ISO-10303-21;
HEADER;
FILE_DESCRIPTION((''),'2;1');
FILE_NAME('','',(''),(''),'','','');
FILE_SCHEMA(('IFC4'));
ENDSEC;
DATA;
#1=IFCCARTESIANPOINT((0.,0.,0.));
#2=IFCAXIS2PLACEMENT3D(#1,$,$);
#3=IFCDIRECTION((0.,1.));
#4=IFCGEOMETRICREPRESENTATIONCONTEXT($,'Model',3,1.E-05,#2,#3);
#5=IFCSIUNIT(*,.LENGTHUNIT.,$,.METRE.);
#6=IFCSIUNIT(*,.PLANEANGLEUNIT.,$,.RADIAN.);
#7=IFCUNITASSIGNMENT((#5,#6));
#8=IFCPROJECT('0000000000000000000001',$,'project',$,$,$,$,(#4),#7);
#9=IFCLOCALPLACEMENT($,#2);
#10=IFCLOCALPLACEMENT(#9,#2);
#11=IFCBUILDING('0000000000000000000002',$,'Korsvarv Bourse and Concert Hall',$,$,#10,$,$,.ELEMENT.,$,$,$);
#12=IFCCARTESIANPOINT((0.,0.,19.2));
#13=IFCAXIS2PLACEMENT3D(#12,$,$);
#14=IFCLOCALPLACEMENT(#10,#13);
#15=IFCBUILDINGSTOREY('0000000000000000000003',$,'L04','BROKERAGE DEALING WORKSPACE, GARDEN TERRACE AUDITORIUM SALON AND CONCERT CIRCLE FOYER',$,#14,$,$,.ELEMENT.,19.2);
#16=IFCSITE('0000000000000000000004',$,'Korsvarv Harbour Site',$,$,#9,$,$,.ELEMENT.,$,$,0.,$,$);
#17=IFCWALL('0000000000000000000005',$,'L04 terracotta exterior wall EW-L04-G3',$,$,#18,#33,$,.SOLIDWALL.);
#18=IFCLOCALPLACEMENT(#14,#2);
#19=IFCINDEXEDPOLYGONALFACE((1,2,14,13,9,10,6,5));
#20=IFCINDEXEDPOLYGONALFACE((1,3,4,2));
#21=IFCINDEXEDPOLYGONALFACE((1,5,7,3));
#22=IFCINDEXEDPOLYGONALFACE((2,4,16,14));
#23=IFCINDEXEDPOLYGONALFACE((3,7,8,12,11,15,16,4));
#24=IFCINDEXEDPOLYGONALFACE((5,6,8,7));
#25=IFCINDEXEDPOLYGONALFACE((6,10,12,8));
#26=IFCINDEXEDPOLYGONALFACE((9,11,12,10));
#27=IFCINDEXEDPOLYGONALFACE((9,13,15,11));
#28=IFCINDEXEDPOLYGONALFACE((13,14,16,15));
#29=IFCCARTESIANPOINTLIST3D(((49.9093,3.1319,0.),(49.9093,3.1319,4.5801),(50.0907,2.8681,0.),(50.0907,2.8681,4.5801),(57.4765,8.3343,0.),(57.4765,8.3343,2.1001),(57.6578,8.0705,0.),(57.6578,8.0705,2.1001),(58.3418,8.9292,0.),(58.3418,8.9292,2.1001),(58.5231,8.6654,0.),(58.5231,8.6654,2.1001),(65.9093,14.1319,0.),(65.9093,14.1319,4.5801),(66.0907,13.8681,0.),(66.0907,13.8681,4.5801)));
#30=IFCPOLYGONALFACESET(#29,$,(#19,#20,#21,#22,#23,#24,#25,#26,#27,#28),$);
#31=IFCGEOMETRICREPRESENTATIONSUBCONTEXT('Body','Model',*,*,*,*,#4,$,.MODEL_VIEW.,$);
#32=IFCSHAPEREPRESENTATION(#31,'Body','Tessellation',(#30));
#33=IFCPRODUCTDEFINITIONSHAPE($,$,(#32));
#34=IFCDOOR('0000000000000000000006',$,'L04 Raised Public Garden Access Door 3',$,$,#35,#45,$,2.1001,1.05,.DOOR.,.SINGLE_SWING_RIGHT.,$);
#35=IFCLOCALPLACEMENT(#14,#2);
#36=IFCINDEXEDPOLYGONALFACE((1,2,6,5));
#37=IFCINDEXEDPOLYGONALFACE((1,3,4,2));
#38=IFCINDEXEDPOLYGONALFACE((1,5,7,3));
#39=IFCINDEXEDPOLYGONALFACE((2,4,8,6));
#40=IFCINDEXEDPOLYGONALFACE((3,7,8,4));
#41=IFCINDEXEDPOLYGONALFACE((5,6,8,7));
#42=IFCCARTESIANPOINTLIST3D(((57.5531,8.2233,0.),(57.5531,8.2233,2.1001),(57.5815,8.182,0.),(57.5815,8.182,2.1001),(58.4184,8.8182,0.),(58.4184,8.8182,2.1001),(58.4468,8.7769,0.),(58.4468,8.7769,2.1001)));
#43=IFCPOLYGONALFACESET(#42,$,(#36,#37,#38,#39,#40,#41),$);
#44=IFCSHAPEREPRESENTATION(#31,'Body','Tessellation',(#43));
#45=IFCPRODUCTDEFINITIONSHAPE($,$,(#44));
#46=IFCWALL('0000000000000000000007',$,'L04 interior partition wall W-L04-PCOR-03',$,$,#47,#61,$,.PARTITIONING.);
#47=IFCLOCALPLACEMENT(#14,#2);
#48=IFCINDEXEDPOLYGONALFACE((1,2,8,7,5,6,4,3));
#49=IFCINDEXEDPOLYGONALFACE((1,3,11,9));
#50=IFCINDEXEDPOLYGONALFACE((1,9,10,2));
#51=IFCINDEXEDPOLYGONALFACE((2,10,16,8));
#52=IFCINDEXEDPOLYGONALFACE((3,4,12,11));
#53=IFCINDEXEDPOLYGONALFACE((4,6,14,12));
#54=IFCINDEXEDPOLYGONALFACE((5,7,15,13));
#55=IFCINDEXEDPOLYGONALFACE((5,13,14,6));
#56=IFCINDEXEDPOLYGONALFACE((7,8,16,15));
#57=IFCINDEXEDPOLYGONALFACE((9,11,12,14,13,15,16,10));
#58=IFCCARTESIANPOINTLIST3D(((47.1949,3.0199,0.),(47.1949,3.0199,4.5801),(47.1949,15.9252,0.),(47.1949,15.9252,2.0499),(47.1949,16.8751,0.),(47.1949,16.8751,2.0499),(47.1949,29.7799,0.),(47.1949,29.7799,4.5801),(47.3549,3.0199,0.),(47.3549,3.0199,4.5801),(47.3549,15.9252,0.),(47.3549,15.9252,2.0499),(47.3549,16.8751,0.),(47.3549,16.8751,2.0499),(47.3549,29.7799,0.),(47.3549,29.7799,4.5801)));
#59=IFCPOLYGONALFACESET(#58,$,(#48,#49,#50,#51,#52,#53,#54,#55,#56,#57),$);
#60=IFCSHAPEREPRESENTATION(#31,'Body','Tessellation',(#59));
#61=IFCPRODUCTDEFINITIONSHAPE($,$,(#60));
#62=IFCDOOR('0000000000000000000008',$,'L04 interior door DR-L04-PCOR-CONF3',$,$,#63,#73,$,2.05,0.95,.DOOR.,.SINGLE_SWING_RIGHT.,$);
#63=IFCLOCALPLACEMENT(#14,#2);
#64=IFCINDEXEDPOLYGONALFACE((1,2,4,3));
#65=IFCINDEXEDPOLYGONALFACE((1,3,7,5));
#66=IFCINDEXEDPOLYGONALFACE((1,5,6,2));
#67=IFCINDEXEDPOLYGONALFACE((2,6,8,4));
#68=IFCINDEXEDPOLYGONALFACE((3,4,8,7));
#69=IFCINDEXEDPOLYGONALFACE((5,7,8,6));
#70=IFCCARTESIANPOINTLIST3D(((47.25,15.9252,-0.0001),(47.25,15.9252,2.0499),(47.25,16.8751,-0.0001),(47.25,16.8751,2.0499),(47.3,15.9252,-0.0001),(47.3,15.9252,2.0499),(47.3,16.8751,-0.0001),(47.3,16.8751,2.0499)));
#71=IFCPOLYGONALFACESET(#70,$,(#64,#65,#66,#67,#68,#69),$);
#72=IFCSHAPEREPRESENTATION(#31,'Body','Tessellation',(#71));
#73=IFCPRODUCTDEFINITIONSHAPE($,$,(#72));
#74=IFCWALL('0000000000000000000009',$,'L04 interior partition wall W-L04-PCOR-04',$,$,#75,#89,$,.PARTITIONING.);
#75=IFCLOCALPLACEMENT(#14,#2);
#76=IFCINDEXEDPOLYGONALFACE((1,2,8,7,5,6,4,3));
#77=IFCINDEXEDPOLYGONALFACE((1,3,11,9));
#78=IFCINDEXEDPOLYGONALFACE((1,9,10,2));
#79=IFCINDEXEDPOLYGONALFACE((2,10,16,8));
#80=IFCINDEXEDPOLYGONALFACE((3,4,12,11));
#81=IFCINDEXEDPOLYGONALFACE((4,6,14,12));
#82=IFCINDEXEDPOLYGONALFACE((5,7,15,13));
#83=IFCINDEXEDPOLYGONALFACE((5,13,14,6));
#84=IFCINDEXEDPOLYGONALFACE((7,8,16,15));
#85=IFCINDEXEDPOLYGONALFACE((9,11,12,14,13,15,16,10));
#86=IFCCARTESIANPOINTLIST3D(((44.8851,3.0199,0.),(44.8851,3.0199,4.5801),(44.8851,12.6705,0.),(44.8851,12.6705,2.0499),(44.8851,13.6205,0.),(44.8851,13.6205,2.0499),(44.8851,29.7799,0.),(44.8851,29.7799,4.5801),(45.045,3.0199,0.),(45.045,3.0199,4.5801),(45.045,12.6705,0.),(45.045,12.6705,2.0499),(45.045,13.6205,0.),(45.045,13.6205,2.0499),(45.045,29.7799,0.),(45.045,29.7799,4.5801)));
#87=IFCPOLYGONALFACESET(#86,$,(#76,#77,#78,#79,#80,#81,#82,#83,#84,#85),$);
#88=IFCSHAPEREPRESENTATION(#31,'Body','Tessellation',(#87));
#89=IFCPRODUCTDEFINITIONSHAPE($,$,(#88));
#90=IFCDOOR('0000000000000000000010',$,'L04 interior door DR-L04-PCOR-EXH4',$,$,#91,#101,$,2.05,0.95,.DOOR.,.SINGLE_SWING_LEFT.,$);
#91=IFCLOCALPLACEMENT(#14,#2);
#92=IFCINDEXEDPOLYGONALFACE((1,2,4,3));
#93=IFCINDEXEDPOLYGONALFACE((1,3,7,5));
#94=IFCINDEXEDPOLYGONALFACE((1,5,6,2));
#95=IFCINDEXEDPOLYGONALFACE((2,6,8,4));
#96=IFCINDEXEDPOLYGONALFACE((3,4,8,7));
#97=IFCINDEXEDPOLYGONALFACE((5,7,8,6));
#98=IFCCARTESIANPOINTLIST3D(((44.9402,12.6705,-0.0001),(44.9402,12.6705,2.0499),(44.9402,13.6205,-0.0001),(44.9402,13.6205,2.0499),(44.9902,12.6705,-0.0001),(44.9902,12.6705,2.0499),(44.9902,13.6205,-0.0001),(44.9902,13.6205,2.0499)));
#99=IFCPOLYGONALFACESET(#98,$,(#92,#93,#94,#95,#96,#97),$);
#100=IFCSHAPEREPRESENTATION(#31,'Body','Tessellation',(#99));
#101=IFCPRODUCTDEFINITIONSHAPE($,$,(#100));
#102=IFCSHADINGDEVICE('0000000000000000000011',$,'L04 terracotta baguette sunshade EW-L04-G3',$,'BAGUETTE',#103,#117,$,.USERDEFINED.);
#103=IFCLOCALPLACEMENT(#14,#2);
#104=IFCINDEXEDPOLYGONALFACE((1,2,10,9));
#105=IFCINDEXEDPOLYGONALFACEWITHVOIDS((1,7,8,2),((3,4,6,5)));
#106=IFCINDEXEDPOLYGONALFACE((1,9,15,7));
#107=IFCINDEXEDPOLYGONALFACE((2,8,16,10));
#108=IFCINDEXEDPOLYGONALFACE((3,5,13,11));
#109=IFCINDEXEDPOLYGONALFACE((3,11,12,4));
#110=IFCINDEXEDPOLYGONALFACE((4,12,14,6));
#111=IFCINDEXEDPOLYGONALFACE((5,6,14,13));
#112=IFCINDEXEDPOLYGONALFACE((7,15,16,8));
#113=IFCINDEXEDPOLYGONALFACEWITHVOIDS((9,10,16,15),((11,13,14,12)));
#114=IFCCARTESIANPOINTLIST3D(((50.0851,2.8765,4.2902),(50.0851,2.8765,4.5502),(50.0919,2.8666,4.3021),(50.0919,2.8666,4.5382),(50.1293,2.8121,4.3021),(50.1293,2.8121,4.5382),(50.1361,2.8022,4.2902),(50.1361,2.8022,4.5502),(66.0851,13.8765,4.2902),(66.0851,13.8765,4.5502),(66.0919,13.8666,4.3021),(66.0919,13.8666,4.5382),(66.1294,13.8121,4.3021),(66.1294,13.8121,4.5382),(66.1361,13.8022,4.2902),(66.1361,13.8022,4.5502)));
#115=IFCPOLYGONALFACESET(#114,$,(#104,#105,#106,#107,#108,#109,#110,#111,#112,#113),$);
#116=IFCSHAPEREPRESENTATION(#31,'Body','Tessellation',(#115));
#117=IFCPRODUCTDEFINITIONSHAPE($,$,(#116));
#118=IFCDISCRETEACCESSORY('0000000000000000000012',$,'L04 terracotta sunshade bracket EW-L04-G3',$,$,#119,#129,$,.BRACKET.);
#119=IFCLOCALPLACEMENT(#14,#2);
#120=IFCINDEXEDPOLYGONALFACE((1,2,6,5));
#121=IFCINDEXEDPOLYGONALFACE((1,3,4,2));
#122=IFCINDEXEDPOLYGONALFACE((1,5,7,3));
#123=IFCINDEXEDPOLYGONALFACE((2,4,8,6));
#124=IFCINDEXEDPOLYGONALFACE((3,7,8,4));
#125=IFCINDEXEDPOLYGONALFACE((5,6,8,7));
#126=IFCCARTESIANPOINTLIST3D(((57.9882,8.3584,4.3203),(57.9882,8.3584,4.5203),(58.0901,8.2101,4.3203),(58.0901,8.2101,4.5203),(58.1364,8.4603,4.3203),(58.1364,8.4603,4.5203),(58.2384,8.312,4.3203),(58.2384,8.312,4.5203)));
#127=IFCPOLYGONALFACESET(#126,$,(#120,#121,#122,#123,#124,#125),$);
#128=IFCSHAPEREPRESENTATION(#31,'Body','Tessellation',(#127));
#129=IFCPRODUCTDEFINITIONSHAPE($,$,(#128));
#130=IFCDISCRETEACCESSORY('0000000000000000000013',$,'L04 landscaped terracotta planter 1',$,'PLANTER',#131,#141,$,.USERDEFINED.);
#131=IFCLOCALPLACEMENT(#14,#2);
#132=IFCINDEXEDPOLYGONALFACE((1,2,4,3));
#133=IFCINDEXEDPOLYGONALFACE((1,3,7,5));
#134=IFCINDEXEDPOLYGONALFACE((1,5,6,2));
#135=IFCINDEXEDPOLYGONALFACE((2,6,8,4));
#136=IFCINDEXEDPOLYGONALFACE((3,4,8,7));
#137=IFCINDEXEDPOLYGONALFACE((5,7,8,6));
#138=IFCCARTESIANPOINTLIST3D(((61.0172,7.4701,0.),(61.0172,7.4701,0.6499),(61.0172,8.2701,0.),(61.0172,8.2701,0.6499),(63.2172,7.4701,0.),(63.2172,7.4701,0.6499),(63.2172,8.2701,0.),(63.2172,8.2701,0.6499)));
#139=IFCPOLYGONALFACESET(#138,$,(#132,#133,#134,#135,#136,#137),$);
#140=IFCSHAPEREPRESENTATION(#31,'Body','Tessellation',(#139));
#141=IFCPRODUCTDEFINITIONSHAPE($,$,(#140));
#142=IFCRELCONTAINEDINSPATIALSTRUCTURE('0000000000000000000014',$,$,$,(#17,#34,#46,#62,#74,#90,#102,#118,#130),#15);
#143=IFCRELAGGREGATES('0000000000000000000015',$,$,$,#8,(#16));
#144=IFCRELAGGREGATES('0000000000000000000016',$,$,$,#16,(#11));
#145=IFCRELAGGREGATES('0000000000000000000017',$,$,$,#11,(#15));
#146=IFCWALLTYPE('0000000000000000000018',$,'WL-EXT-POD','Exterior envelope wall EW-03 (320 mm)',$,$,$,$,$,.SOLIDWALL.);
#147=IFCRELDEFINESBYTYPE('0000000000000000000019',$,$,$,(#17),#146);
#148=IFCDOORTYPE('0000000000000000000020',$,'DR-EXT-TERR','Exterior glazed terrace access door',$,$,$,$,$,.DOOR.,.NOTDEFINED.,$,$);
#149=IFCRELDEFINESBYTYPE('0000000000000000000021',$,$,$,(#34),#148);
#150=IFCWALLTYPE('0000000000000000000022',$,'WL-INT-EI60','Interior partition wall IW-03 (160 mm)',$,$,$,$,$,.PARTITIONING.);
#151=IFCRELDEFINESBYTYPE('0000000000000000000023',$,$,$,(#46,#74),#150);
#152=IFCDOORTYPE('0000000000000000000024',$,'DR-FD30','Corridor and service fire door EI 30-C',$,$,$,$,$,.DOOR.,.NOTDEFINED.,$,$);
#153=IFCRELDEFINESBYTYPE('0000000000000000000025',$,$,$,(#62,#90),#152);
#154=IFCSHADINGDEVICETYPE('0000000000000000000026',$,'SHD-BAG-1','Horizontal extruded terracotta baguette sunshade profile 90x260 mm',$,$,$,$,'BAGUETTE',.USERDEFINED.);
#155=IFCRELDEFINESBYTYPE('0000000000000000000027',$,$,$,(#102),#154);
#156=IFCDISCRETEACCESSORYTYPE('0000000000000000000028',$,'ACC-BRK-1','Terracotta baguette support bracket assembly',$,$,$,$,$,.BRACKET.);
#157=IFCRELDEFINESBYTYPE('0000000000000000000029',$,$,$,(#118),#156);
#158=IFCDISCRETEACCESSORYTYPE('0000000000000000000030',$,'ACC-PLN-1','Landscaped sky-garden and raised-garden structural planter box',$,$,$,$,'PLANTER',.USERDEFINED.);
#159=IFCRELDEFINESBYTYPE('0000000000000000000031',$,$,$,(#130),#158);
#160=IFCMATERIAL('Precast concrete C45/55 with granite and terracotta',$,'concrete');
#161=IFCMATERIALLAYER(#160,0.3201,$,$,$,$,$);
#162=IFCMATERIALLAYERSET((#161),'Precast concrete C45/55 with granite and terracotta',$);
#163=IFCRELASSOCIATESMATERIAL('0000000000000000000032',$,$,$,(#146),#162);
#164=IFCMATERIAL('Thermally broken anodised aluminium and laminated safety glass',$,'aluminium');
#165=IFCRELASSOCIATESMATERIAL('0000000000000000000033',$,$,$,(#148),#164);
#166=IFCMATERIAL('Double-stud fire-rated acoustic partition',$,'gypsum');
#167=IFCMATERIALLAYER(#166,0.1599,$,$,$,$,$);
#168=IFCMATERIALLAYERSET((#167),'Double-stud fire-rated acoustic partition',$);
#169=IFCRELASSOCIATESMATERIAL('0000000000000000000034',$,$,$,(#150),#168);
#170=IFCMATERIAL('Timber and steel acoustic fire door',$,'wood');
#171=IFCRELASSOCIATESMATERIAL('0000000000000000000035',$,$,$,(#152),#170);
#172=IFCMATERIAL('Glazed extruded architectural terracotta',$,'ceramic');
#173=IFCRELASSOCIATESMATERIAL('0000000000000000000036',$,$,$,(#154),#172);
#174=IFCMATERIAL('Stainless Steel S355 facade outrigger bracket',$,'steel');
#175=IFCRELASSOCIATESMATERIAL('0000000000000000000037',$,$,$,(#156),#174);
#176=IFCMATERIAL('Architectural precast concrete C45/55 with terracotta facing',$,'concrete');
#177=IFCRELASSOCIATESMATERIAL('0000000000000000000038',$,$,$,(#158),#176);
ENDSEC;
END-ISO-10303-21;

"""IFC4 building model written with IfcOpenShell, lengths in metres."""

from ifc_helpers import new_model, si_unit, direction, frame, frame_2d, origin, origin_2d, place, context, subcontext, project, spatial, rectangle, hollow_rectangle, extrude, source, transform, mapped, material, layer, layer_set, material_profile, profile_set, type_object, element, fill, save


model = new_model("IFC4")

# Units and contexts
model_context = context("Model", 3, precision=1e-05, world=origin(), true_north=direction((0.0, 1.0)))
body_context = subcontext(model_context, "Body", "Model", "MODEL_VIEW")
ifc_project = project(units=[si_unit("LENGTHUNIT", "METRE"), si_unit("PLANEANGLEUNIT", "RADIAN")], contexts=[model_context])

# Site, building, storey
site_placement = place(None, origin())
site = spatial("IfcSite", under=ifc_project, at=site_placement, Name="Korsvarv Harbour Site", CompositionType="ELEMENT", RefElevation=0.0)
building_placement = place(site_placement, origin())
building = spatial("IfcBuilding", under=site, at=building_placement, Name="Korsvarv Bourse and Concert Hall", CompositionType="ELEMENT")
storey_placement = place(building_placement, frame((0.0, 0.0, 19.2)))
storey = spatial("IfcBuildingStorey", under=building, at=storey_placement, Name="L04", Description="BROKERAGE DEALING WORKSPACE, GARDEN TERRACE AUDITORIUM SALON AND CONCERT CIRCLE FOYER", CompositionType="ELEMENT", Elevation=19.2)

# Walls, openings, doors
ifc_material_1 = material(Name="Precast concrete C45/55 with granite and terracotta", Category="concrete")
ifc_layer_1 = layer(ifc_material_1, 0.3201)
ifc_layer_set_1 = layer_set([ifc_layer_1], Name="Precast concrete C45/55 with granite and terracotta")
wall_type_1 = type_object("IfcWallType", Name="WL-EXT-POD", Description="Exterior envelope wall EW-03 (320 mm)", PredefinedType="SOLIDWALL", material=ifc_layer_set_1)
wall_1_placement = place(storey_placement, frame((50.0, 3.0, 0.0), z_axis=(0.0, 0.0, 1.0), x_axis=(0.824042, 0.566529, 0.0)))
wall_1 = element("IfcWall", 1, at=wall_1_placement, inside=storey, type_object=wall_type_1, Name="L04 terracotta exterior wall EW-L04-G3", PredefinedType="SOLIDWALL", context=body_context, shape_type="SweptSolid", body=[
    extrude(rectangle(XDim=19.4165, YDim=0.3201, at=frame_2d((9.7083, 0.0))), origin(), (0.0, 0.0, 1.0), 4.5801),
])
opening_1_placement = place(wall_1_placement, frame((9.1831, 0.0, 0.0)))
opening_1 = element("IfcOpeningElement", 2, at=opening_1_placement, cuts=wall_1, PredefinedType="OPENING", context=body_context, shape_type="SweptSolid", body=[
    extrude(rectangle(XDim=1.05, YDim=2.1001, at=frame_2d((0.5249, 1.05))), frame((0.0, 0.1699, 0.0), z_axis=(0.0, -1.0, 0.0), x_axis=(1.0, 0.0, 0.0)), (0.0, 0.0, 1.0), 0.3401),
])
ifc_material_2 = material(Name="Thermally broken anodised aluminium and laminated safety glass", Category="aluminium")
door_type_1 = type_object("IfcDoorType", Name="DR-EXT-TERR", Description="Exterior glazed terrace access door", OperationType="NOTDEFINED", PredefinedType="DOOR", material=ifc_material_2)
door_1_placement = place(opening_1_placement, frame((1.05, 0.0, 0.0), z_axis=(0.0, 0.0, 1.0), x_axis=(-1.0, 0.0, 0.0)))
door_1 = element("IfcDoor", 3, at=door_1_placement, inside=storey, type_object=door_type_1, Name="L04 Raised Public Garden Access Door 3", OperationType="SINGLE_SWING_RIGHT", OverallHeight=2.1001, OverallWidth=1.05, PredefinedType="DOOR", context=body_context, shape_type="SweptSolid", body=[
    extrude(rectangle(XDim=1.05, YDim=2.1001, at=frame_2d((0.5249, 1.05))), frame((0.0, 0.0249, 0.0), z_axis=(0.0, -1.0, 0.0), x_axis=(1.0, 0.0, 0.0)), (0.0, 0.0, 1.0), 0.05),
])
fill(opening_1, door_1)
ifc_material_3 = material(Name="Double-stud fire-rated acoustic partition", Category="gypsum")
ifc_layer_2 = layer(ifc_material_3, 0.1599)
ifc_layer_set_2 = layer_set([ifc_layer_2], Name="Double-stud fire-rated acoustic partition")
wall_type_2 = type_object("IfcWallType", Name="WL-INT-EI60", Description="Interior partition wall IW-03 (160 mm)", PredefinedType="PARTITIONING", material=ifc_layer_set_2)
wall_2_placement = place(storey_placement, frame((47.2749, 3.02, 0.0), z_axis=(0.0, 0.0, 1.0), x_axis=(0.0, 1.0, 0.0)))
wall_2 = element("IfcWall", 4, at=wall_2_placement, inside=storey, type_object=wall_type_2, Name="L04 interior partition wall W-L04-PCOR-03", PredefinedType="PARTITIONING", context=body_context, shape_type="SweptSolid", body=[
    extrude(rectangle(XDim=26.76, YDim=0.1599, at=frame_2d((13.3799, 0.0))), origin(), (0.0, 0.0, 1.0), 4.5801),
])
opening_2_placement = place(wall_2_placement, frame((12.905, 0.0, 0.0)))
opening_2 = element("IfcOpeningElement", 5, at=opening_2_placement, cuts=wall_2, PredefinedType="OPENING", context=body_context, shape_type="SweptSolid", body=[
    extrude(rectangle(XDim=0.95, YDim=2.05, at=frame_2d((0.4751, 1.0249))), frame((0.0, 0.0898, 0.0), z_axis=(0.0, -1.0, 0.0), x_axis=(1.0, 0.0, 0.0)), (0.0, 0.0, 1.0), 0.1799),
])
ifc_material_4 = material(Name="Timber and steel acoustic fire door", Category="wood")
door_type_2 = type_object("IfcDoorType", Name="DR-FD30", Description="Corridor and service fire door EI 30-C", OperationType="NOTDEFINED", PredefinedType="DOOR", material=ifc_material_4)
door_2_placement = place(opening_2_placement, origin())
door_2 = element("IfcDoor", 6, at=door_2_placement, inside=storey, type_object=door_type_2, Name="L04 interior door DR-L04-PCOR-CONF3", OperationType="SINGLE_SWING_RIGHT", OverallHeight=2.05, OverallWidth=0.95, PredefinedType="DOOR", context=body_context, shape_type="SweptSolid", body=[
    extrude(rectangle(XDim=0.95, YDim=2.05, at=frame_2d((0.4751, 1.0249))), frame((0.0, 0.0249, 0.0), z_axis=(0.0, -1.0, 0.0), x_axis=(1.0, 0.0, 0.0)), (0.0, 0.0, 1.0), 0.05),
])
fill(opening_2, door_2)
wall_3_placement = place(storey_placement, frame((44.9651, 3.02, 0.0), z_axis=(0.0, 0.0, 1.0), x_axis=(0.0, 1.0, 0.0)))
wall_3 = element("IfcWall", 7, at=wall_3_placement, inside=storey, type_object=wall_type_2, Name="L04 interior partition wall W-L04-PCOR-04", PredefinedType="PARTITIONING", context=body_context, shape_type="SweptSolid", body=[
    extrude(rectangle(XDim=26.76, YDim=0.1599, at=frame_2d((13.3799, 0.0))), origin(), (0.0, 0.0, 1.0), 4.5801),
])
opening_3_placement = place(wall_3_placement, frame((9.6504, 0.0, 0.0)))
opening_3 = element("IfcOpeningElement", 8, at=opening_3_placement, cuts=wall_3, PredefinedType="OPENING", context=body_context, shape_type="SweptSolid", body=[
    extrude(rectangle(XDim=0.95, YDim=2.05, at=frame_2d((0.4751, 1.0249))), frame((0.0, 0.0898, 0.0), z_axis=(0.0, -1.0, 0.0), x_axis=(1.0, 0.0, 0.0)), (0.0, 0.0, 1.0), 0.1799),
])
door_3_placement = place(opening_3_placement, origin())
door_3 = element("IfcDoor", 9, at=door_3_placement, inside=storey, type_object=door_type_2, Name="L04 interior door DR-L04-PCOR-EXH4", OperationType="SINGLE_SWING_LEFT", OverallHeight=2.05, OverallWidth=0.95, PredefinedType="DOOR", context=body_context, shape_type="SweptSolid", body=[
    extrude(rectangle(XDim=0.95, YDim=2.05, at=frame_2d((0.4751, 1.0249))), frame((0.0, 0.0249, 0.0), z_axis=(0.0, -1.0, 0.0), x_axis=(1.0, 0.0, 0.0)), (0.0, 0.0, 1.0), 0.05),
])
fill(opening_3, door_3)

# Shading device
ifc_material_5 = material(Name="Glazed extruded architectural terracotta", Category="ceramic")
ifc_material_profile_1 = material_profile(ifc_material_5, hollow_rectangle(XDim=0.0901, YDim=0.26, WallThickness=0.012, at=origin_2d()), Name="TC-BAG 90x260")
ifc_profile_set_1 = profile_set([ifc_material_profile_1], Name="Glazed extruded architectural terracotta")
shading_device_type = type_object("IfcShadingDeviceType", Name="SHD-BAG-1", Description="Horizontal extruded terracotta baguette sunshade profile 90x260 mm", ElementType="BAGUETTE", PredefinedType="USERDEFINED", material=ifc_profile_set_1)
shared_shape_1 = source(origin(), body_context, "Body", "SweptSolid", [
    extrude(hollow_rectangle(XDim=0.0901, YDim=0.26, WallThickness=0.012, at=origin_2d()), origin(), (0.0, 0.0, 1.0), 19.4165),
])
shading_device_placement = place(storey_placement, frame((50.1106, 2.8394, 4.4202), z_axis=(0.824042, 0.566529, 0.0), x_axis=(-0.566529, 0.824042, 0.0)))
element("IfcShadingDevice", 10, at=shading_device_placement, inside=storey, type_object=shading_device_type, Name="L04 terracotta baguette sunshade EW-L04-G3", ObjectType="BAGUETTE", PredefinedType="USERDEFINED", context=body_context, shape_type="MappedRepresentation", body=[
    mapped(shared_shape_1, transform((0.0, 0.0, 0.0), scale=1.0)),
])

# Discrete accessories
ifc_material_6 = material(Name="Stainless Steel S355 facade outrigger bracket", Category="steel")
discrete_accessory_type_1 = type_object("IfcDiscreteAccessoryType", Name="ACC-BRK-1", Description="Terracotta baguette support bracket assembly", PredefinedType="BRACKET", material=ifc_material_6)
shared_shape_2 = source(origin(), body_context, "Body", "SweptSolid", [
    extrude(rectangle(XDim=0.1799, YDim=0.1799, at=origin_2d()), origin(), (0.0, 0.0, 1.0), 0.2),
])
discrete_accessory_1_placement = place(storey_placement, frame((58.1133, 8.3352, 4.3203), z_axis=(0.0, 0.0, 1.0), x_axis=(0.824027, 0.56655, 0.0)))
element("IfcDiscreteAccessory", 11, at=discrete_accessory_1_placement, inside=storey, type_object=discrete_accessory_type_1, Name="L04 terracotta sunshade bracket EW-L04-G3", PredefinedType="BRACKET", context=body_context, shape_type="MappedRepresentation", body=[
    mapped(shared_shape_2, transform((0.0, 0.0, 0.0), scale=1.0)),
])
ifc_material_7 = material(Name="Architectural precast concrete C45/55 with terracotta facing", Category="concrete")
discrete_accessory_type_2 = type_object("IfcDiscreteAccessoryType", Name="ACC-PLN-1", Description="Landscaped sky-garden and raised-garden structural planter box", ElementType="PLANTER", PredefinedType="USERDEFINED", material=ifc_material_7)
shared_shape_3 = source(origin(), body_context, "Body", "SweptSolid", [
    extrude(rectangle(XDim=2.2, YDim=0.8, at=origin_2d()), origin(), (0.0, 0.0, 1.0), 0.6499),
])
discrete_accessory_2_placement = place(storey_placement, frame((62.1172, 7.8701, 0.0), z_axis=(0.0, 0.0, 1.0), x_axis=(1.0, 0.0, 0.0)))
element("IfcDiscreteAccessory", 12, at=discrete_accessory_2_placement, inside=storey, type_object=discrete_accessory_type_2, Name="L04 landscaped terracotta planter 1", ObjectType="PLANTER", PredefinedType="USERDEFINED", context=body_context, shape_type="MappedRepresentation", body=[
    mapped(shared_shape_3, transform((0.0, 0.0, 0.0), scale=1.0)),
])

save(model, "model.ifc")
